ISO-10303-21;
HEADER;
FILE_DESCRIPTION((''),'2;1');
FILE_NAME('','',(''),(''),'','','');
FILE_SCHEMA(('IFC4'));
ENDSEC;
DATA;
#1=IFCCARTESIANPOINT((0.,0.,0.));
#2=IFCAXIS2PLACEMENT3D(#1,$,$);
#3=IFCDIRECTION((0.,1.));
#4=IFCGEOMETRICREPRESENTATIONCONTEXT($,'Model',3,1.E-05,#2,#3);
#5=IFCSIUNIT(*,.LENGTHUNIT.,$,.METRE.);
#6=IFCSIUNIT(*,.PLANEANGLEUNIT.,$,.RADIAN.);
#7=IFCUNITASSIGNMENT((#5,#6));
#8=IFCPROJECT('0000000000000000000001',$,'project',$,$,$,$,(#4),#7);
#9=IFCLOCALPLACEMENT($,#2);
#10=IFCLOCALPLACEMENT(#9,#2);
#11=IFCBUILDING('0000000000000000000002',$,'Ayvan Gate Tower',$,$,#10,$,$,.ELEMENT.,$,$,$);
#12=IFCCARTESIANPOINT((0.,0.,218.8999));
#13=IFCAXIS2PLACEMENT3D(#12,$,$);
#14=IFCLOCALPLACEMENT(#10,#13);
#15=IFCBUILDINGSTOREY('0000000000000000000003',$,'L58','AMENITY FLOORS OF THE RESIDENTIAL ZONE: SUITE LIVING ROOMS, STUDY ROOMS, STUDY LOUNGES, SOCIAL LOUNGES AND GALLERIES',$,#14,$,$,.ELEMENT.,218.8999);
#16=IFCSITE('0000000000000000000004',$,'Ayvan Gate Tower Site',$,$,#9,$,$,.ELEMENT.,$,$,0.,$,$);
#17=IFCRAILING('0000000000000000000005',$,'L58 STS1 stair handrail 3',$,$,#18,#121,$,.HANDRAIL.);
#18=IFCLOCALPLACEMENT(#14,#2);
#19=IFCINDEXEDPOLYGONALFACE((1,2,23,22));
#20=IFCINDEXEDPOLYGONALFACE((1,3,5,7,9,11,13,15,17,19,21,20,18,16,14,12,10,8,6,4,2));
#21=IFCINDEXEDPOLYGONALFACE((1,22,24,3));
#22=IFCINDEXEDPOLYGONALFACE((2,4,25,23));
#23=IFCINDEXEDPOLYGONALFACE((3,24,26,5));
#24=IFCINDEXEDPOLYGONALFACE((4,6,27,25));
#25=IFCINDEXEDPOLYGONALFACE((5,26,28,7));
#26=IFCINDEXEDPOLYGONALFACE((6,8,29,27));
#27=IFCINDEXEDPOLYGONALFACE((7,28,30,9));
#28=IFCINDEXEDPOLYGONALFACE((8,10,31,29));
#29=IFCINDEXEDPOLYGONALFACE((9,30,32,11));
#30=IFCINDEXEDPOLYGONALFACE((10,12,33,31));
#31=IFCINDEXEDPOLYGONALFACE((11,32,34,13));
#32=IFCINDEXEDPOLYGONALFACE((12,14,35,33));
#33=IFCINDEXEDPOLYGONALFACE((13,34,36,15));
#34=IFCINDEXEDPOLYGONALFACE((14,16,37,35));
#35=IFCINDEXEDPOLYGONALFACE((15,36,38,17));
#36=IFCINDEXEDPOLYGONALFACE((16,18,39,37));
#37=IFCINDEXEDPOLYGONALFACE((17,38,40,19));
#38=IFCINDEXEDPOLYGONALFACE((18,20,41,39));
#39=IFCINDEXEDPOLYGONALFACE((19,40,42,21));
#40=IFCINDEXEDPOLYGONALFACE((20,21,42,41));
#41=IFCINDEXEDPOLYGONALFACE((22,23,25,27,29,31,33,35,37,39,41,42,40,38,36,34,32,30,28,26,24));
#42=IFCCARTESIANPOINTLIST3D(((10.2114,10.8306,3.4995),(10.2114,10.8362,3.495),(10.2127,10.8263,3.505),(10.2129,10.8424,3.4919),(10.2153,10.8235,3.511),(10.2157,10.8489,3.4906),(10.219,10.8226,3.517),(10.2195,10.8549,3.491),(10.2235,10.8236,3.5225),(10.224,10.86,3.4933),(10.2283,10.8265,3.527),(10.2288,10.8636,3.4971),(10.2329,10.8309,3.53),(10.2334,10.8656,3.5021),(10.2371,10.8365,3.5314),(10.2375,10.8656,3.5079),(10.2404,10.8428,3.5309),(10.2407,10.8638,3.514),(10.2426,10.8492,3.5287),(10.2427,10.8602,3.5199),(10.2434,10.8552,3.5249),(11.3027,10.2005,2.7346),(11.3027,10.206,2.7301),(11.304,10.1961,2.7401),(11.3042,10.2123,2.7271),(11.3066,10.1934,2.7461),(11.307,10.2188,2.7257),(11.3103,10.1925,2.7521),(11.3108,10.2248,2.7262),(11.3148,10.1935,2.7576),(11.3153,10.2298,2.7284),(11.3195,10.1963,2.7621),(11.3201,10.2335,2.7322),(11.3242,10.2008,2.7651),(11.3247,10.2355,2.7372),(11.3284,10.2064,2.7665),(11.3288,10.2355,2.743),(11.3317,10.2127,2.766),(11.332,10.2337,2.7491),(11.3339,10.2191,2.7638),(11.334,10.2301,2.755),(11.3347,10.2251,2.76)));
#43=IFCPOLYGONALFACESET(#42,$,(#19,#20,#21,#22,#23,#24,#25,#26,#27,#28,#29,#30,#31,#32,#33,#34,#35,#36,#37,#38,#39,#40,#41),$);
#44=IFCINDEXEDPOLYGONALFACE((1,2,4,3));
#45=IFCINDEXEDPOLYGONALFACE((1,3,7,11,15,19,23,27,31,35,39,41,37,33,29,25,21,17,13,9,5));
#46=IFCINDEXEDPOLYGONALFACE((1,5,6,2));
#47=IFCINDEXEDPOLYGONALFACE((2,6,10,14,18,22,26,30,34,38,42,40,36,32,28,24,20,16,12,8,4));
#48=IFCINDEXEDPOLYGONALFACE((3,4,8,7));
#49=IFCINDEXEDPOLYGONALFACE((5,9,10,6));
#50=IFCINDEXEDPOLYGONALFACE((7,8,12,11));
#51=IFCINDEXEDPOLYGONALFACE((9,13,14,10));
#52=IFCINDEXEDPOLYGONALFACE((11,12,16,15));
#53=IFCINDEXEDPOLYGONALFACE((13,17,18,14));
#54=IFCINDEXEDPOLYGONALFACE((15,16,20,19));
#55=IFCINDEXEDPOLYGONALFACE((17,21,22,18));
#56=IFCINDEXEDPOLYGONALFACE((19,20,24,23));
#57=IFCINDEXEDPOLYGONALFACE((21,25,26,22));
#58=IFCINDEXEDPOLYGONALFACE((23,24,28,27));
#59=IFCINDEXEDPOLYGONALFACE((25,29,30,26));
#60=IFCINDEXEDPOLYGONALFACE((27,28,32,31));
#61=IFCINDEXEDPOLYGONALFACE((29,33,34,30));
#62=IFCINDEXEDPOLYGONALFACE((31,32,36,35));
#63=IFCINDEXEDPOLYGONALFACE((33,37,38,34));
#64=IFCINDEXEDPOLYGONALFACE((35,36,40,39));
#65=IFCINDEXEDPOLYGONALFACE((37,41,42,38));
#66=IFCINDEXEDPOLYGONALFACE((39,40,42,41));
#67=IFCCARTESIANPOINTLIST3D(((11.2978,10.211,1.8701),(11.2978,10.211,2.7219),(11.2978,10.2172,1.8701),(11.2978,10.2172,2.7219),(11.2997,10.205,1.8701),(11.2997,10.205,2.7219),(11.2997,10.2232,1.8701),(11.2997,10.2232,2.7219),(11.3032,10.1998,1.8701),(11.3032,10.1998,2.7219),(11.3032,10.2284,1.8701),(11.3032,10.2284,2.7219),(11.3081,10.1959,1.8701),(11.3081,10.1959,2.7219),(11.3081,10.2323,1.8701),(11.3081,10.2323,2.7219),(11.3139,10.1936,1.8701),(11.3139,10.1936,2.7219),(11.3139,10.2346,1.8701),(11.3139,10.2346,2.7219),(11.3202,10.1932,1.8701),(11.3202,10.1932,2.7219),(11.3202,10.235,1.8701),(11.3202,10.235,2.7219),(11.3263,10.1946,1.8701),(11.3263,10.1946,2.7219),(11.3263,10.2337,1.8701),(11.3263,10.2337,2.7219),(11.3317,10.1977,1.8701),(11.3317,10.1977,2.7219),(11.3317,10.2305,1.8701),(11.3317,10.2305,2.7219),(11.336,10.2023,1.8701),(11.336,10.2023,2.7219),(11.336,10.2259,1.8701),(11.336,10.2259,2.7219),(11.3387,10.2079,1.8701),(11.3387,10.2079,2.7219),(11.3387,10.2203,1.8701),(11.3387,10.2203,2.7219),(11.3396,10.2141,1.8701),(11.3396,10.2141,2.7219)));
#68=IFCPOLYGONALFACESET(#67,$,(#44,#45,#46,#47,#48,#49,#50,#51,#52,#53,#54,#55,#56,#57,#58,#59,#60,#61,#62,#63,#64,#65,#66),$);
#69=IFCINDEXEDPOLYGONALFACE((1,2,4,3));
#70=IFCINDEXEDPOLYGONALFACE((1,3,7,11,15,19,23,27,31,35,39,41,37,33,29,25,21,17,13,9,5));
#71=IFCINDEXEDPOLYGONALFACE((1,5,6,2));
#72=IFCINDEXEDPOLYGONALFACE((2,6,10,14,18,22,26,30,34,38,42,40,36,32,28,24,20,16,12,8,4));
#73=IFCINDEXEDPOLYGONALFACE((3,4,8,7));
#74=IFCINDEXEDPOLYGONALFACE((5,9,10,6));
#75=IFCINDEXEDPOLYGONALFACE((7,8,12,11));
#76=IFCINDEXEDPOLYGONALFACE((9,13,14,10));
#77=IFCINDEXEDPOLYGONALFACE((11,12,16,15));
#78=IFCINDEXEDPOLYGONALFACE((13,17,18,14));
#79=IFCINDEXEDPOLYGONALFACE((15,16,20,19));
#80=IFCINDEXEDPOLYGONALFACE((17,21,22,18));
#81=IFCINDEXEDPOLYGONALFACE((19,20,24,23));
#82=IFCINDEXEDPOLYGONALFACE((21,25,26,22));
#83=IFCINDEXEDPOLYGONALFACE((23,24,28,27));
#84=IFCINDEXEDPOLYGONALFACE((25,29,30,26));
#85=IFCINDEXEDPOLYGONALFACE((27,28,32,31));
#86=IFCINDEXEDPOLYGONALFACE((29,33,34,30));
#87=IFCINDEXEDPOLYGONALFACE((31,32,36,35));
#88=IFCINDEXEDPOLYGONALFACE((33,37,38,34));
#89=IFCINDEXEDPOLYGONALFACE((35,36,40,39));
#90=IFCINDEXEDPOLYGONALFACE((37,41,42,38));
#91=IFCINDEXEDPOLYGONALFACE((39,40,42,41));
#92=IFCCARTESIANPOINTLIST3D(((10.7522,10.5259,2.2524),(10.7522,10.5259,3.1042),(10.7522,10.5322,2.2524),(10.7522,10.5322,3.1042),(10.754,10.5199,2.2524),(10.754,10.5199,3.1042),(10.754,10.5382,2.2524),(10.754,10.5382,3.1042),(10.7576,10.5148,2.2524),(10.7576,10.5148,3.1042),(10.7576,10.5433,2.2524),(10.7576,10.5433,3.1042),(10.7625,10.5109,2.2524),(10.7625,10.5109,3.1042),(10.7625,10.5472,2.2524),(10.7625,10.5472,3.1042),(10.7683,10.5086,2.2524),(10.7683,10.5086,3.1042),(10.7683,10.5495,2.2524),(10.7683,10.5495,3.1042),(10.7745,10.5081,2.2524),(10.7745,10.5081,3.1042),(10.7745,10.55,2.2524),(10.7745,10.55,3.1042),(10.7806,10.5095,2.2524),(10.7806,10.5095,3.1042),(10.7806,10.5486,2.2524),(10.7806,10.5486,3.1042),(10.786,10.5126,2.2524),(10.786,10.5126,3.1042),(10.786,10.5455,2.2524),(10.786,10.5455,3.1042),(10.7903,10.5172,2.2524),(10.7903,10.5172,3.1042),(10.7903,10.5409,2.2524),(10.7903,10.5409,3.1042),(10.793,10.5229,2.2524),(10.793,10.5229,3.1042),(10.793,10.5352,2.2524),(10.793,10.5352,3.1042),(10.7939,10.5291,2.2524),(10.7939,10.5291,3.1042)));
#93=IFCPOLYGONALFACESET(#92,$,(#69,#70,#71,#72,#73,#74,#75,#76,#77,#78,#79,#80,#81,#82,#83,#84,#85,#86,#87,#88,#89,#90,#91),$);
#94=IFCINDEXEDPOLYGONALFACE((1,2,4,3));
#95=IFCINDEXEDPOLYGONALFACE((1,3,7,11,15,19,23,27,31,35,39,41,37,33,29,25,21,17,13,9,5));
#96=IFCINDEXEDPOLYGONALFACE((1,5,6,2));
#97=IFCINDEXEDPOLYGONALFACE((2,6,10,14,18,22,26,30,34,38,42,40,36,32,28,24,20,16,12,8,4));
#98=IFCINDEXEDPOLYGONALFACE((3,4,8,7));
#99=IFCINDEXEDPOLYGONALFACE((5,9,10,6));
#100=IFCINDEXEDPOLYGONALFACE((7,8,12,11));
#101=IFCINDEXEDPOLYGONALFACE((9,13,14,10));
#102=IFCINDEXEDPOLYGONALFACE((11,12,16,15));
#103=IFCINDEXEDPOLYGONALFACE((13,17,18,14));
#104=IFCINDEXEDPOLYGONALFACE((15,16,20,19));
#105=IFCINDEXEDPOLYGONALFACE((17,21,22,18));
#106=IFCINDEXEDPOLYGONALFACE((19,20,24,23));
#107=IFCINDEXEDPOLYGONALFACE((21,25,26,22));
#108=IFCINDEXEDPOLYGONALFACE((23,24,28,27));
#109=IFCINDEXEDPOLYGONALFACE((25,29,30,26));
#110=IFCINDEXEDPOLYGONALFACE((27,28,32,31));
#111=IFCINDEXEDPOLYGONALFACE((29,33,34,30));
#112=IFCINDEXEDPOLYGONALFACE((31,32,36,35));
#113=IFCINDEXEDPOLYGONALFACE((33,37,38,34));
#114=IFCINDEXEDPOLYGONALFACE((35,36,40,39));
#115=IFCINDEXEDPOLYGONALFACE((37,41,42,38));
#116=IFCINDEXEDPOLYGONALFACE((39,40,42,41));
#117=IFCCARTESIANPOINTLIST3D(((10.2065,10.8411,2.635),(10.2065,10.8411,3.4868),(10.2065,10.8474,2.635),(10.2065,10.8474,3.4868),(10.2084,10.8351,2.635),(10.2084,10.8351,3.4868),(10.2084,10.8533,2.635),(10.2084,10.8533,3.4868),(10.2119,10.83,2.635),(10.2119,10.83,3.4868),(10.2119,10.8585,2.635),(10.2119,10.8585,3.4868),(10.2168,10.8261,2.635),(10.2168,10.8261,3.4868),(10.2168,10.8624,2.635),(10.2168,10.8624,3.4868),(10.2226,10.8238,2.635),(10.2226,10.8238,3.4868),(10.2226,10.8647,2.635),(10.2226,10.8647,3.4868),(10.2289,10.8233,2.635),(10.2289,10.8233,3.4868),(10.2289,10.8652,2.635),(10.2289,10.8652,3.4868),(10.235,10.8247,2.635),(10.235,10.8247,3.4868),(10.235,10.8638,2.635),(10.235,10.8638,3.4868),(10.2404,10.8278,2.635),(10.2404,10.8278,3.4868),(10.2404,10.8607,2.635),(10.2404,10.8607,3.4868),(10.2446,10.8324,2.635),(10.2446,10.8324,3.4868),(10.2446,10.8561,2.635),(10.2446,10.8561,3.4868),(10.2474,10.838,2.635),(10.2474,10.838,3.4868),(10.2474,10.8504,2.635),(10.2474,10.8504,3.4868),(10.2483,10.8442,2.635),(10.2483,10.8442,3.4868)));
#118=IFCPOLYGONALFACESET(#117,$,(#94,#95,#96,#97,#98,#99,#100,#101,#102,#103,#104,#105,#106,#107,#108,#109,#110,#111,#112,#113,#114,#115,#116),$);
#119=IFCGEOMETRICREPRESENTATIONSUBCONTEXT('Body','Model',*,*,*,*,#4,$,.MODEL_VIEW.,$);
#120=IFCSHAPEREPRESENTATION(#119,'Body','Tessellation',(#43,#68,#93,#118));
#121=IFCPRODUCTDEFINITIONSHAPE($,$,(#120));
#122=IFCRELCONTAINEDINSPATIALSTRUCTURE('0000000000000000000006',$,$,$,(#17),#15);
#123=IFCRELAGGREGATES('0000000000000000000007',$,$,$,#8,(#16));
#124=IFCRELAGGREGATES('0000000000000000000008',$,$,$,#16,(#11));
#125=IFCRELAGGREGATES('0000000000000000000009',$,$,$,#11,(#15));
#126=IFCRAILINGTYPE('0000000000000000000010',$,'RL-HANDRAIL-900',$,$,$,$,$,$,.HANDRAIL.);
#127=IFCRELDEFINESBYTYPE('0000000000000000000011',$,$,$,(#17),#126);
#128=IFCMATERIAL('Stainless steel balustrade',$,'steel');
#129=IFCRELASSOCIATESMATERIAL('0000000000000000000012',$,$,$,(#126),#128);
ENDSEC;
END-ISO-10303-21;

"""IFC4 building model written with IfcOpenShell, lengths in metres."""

from ifc_helpers import new_model, si_unit, direction, frame, origin, origin_2d, place, context, subcontext, project, spatial, circle, extrude, material, type_object, element, save


model = new_model("IFC4")

# Units and contexts
model_context = context("Model", 3, precision=1e-05, world=origin(), true_north=direction((0.0, 1.0)))
body_context = subcontext(model_context, "Body", "Model", "MODEL_VIEW")
ifc_project = project(units=[si_unit("LENGTHUNIT", "METRE"), si_unit("PLANEANGLEUNIT", "RADIAN")], contexts=[model_context])

# Site, building, storey
site_placement = place(None, origin())
site = spatial("IfcSite", under=ifc_project, at=site_placement, Name="Ayvan Gate Tower Site", CompositionType="ELEMENT", RefElevation=0.0)
building_placement = place(site_placement, origin())
building = spatial("IfcBuilding", under=site, at=building_placement, Name="Ayvan Gate Tower", CompositionType="ELEMENT")
storey_placement = place(building_placement, frame((0.0, 0.0, 218.8999)))
storey = spatial("IfcBuildingStorey", under=building, at=storey_placement, Name="L58", Description="AMENITY FLOORS OF THE RESIDENTIAL ZONE: SUITE LIVING ROOMS, STUDY ROOMS, STUDY LOUNGES, SOCIAL LOUNGES AND GALLERIES", CompositionType="ELEMENT", Elevation=218.8999)

# Railing
ifc_material_1 = material(Name="Stainless steel balustrade", Category="steel")
railing_type_1 = type_object("IfcRailingType", Name="RL-HANDRAIL-900", PredefinedType="HANDRAIL", material=ifc_material_1)
railing_1_placement = place(storey_placement, frame((11.3186, 10.2141, 1.8701)))
element("IfcRailing", 1, at=railing_1_placement, inside=storey, type_object=railing_type_1, Name="L58 STS1 stair handrail 3", PredefinedType="HANDRAIL", context=body_context, shape_type="SweptSolid", body=[
    extrude(circle(Radius=0.0239, at=origin_2d()), frame((0.0, 0.0, 0.876), z_axis=(-0.740304, 0.427455, 0.518875), x_axis=(-0.500035, -0.866005, 0.0)), (0.0, 0.0, 1.0), 1.4741),
    extrude(circle(Radius=0.021, at=origin_2d()), origin(), (0.0, 0.0, 1.0), 0.8518),
    extrude(circle(Radius=0.021, at=origin_2d()), frame((-0.5457, 0.3149, 0.3823)), (0.0, 0.0, 1.0), 0.8518),
    extrude(circle(Radius=0.021, at=origin_2d()), frame((-1.0913, 0.6301, 0.7649)), (0.0, 0.0, 1.0), 0.8518),
])

save(model, "model.ifc")
